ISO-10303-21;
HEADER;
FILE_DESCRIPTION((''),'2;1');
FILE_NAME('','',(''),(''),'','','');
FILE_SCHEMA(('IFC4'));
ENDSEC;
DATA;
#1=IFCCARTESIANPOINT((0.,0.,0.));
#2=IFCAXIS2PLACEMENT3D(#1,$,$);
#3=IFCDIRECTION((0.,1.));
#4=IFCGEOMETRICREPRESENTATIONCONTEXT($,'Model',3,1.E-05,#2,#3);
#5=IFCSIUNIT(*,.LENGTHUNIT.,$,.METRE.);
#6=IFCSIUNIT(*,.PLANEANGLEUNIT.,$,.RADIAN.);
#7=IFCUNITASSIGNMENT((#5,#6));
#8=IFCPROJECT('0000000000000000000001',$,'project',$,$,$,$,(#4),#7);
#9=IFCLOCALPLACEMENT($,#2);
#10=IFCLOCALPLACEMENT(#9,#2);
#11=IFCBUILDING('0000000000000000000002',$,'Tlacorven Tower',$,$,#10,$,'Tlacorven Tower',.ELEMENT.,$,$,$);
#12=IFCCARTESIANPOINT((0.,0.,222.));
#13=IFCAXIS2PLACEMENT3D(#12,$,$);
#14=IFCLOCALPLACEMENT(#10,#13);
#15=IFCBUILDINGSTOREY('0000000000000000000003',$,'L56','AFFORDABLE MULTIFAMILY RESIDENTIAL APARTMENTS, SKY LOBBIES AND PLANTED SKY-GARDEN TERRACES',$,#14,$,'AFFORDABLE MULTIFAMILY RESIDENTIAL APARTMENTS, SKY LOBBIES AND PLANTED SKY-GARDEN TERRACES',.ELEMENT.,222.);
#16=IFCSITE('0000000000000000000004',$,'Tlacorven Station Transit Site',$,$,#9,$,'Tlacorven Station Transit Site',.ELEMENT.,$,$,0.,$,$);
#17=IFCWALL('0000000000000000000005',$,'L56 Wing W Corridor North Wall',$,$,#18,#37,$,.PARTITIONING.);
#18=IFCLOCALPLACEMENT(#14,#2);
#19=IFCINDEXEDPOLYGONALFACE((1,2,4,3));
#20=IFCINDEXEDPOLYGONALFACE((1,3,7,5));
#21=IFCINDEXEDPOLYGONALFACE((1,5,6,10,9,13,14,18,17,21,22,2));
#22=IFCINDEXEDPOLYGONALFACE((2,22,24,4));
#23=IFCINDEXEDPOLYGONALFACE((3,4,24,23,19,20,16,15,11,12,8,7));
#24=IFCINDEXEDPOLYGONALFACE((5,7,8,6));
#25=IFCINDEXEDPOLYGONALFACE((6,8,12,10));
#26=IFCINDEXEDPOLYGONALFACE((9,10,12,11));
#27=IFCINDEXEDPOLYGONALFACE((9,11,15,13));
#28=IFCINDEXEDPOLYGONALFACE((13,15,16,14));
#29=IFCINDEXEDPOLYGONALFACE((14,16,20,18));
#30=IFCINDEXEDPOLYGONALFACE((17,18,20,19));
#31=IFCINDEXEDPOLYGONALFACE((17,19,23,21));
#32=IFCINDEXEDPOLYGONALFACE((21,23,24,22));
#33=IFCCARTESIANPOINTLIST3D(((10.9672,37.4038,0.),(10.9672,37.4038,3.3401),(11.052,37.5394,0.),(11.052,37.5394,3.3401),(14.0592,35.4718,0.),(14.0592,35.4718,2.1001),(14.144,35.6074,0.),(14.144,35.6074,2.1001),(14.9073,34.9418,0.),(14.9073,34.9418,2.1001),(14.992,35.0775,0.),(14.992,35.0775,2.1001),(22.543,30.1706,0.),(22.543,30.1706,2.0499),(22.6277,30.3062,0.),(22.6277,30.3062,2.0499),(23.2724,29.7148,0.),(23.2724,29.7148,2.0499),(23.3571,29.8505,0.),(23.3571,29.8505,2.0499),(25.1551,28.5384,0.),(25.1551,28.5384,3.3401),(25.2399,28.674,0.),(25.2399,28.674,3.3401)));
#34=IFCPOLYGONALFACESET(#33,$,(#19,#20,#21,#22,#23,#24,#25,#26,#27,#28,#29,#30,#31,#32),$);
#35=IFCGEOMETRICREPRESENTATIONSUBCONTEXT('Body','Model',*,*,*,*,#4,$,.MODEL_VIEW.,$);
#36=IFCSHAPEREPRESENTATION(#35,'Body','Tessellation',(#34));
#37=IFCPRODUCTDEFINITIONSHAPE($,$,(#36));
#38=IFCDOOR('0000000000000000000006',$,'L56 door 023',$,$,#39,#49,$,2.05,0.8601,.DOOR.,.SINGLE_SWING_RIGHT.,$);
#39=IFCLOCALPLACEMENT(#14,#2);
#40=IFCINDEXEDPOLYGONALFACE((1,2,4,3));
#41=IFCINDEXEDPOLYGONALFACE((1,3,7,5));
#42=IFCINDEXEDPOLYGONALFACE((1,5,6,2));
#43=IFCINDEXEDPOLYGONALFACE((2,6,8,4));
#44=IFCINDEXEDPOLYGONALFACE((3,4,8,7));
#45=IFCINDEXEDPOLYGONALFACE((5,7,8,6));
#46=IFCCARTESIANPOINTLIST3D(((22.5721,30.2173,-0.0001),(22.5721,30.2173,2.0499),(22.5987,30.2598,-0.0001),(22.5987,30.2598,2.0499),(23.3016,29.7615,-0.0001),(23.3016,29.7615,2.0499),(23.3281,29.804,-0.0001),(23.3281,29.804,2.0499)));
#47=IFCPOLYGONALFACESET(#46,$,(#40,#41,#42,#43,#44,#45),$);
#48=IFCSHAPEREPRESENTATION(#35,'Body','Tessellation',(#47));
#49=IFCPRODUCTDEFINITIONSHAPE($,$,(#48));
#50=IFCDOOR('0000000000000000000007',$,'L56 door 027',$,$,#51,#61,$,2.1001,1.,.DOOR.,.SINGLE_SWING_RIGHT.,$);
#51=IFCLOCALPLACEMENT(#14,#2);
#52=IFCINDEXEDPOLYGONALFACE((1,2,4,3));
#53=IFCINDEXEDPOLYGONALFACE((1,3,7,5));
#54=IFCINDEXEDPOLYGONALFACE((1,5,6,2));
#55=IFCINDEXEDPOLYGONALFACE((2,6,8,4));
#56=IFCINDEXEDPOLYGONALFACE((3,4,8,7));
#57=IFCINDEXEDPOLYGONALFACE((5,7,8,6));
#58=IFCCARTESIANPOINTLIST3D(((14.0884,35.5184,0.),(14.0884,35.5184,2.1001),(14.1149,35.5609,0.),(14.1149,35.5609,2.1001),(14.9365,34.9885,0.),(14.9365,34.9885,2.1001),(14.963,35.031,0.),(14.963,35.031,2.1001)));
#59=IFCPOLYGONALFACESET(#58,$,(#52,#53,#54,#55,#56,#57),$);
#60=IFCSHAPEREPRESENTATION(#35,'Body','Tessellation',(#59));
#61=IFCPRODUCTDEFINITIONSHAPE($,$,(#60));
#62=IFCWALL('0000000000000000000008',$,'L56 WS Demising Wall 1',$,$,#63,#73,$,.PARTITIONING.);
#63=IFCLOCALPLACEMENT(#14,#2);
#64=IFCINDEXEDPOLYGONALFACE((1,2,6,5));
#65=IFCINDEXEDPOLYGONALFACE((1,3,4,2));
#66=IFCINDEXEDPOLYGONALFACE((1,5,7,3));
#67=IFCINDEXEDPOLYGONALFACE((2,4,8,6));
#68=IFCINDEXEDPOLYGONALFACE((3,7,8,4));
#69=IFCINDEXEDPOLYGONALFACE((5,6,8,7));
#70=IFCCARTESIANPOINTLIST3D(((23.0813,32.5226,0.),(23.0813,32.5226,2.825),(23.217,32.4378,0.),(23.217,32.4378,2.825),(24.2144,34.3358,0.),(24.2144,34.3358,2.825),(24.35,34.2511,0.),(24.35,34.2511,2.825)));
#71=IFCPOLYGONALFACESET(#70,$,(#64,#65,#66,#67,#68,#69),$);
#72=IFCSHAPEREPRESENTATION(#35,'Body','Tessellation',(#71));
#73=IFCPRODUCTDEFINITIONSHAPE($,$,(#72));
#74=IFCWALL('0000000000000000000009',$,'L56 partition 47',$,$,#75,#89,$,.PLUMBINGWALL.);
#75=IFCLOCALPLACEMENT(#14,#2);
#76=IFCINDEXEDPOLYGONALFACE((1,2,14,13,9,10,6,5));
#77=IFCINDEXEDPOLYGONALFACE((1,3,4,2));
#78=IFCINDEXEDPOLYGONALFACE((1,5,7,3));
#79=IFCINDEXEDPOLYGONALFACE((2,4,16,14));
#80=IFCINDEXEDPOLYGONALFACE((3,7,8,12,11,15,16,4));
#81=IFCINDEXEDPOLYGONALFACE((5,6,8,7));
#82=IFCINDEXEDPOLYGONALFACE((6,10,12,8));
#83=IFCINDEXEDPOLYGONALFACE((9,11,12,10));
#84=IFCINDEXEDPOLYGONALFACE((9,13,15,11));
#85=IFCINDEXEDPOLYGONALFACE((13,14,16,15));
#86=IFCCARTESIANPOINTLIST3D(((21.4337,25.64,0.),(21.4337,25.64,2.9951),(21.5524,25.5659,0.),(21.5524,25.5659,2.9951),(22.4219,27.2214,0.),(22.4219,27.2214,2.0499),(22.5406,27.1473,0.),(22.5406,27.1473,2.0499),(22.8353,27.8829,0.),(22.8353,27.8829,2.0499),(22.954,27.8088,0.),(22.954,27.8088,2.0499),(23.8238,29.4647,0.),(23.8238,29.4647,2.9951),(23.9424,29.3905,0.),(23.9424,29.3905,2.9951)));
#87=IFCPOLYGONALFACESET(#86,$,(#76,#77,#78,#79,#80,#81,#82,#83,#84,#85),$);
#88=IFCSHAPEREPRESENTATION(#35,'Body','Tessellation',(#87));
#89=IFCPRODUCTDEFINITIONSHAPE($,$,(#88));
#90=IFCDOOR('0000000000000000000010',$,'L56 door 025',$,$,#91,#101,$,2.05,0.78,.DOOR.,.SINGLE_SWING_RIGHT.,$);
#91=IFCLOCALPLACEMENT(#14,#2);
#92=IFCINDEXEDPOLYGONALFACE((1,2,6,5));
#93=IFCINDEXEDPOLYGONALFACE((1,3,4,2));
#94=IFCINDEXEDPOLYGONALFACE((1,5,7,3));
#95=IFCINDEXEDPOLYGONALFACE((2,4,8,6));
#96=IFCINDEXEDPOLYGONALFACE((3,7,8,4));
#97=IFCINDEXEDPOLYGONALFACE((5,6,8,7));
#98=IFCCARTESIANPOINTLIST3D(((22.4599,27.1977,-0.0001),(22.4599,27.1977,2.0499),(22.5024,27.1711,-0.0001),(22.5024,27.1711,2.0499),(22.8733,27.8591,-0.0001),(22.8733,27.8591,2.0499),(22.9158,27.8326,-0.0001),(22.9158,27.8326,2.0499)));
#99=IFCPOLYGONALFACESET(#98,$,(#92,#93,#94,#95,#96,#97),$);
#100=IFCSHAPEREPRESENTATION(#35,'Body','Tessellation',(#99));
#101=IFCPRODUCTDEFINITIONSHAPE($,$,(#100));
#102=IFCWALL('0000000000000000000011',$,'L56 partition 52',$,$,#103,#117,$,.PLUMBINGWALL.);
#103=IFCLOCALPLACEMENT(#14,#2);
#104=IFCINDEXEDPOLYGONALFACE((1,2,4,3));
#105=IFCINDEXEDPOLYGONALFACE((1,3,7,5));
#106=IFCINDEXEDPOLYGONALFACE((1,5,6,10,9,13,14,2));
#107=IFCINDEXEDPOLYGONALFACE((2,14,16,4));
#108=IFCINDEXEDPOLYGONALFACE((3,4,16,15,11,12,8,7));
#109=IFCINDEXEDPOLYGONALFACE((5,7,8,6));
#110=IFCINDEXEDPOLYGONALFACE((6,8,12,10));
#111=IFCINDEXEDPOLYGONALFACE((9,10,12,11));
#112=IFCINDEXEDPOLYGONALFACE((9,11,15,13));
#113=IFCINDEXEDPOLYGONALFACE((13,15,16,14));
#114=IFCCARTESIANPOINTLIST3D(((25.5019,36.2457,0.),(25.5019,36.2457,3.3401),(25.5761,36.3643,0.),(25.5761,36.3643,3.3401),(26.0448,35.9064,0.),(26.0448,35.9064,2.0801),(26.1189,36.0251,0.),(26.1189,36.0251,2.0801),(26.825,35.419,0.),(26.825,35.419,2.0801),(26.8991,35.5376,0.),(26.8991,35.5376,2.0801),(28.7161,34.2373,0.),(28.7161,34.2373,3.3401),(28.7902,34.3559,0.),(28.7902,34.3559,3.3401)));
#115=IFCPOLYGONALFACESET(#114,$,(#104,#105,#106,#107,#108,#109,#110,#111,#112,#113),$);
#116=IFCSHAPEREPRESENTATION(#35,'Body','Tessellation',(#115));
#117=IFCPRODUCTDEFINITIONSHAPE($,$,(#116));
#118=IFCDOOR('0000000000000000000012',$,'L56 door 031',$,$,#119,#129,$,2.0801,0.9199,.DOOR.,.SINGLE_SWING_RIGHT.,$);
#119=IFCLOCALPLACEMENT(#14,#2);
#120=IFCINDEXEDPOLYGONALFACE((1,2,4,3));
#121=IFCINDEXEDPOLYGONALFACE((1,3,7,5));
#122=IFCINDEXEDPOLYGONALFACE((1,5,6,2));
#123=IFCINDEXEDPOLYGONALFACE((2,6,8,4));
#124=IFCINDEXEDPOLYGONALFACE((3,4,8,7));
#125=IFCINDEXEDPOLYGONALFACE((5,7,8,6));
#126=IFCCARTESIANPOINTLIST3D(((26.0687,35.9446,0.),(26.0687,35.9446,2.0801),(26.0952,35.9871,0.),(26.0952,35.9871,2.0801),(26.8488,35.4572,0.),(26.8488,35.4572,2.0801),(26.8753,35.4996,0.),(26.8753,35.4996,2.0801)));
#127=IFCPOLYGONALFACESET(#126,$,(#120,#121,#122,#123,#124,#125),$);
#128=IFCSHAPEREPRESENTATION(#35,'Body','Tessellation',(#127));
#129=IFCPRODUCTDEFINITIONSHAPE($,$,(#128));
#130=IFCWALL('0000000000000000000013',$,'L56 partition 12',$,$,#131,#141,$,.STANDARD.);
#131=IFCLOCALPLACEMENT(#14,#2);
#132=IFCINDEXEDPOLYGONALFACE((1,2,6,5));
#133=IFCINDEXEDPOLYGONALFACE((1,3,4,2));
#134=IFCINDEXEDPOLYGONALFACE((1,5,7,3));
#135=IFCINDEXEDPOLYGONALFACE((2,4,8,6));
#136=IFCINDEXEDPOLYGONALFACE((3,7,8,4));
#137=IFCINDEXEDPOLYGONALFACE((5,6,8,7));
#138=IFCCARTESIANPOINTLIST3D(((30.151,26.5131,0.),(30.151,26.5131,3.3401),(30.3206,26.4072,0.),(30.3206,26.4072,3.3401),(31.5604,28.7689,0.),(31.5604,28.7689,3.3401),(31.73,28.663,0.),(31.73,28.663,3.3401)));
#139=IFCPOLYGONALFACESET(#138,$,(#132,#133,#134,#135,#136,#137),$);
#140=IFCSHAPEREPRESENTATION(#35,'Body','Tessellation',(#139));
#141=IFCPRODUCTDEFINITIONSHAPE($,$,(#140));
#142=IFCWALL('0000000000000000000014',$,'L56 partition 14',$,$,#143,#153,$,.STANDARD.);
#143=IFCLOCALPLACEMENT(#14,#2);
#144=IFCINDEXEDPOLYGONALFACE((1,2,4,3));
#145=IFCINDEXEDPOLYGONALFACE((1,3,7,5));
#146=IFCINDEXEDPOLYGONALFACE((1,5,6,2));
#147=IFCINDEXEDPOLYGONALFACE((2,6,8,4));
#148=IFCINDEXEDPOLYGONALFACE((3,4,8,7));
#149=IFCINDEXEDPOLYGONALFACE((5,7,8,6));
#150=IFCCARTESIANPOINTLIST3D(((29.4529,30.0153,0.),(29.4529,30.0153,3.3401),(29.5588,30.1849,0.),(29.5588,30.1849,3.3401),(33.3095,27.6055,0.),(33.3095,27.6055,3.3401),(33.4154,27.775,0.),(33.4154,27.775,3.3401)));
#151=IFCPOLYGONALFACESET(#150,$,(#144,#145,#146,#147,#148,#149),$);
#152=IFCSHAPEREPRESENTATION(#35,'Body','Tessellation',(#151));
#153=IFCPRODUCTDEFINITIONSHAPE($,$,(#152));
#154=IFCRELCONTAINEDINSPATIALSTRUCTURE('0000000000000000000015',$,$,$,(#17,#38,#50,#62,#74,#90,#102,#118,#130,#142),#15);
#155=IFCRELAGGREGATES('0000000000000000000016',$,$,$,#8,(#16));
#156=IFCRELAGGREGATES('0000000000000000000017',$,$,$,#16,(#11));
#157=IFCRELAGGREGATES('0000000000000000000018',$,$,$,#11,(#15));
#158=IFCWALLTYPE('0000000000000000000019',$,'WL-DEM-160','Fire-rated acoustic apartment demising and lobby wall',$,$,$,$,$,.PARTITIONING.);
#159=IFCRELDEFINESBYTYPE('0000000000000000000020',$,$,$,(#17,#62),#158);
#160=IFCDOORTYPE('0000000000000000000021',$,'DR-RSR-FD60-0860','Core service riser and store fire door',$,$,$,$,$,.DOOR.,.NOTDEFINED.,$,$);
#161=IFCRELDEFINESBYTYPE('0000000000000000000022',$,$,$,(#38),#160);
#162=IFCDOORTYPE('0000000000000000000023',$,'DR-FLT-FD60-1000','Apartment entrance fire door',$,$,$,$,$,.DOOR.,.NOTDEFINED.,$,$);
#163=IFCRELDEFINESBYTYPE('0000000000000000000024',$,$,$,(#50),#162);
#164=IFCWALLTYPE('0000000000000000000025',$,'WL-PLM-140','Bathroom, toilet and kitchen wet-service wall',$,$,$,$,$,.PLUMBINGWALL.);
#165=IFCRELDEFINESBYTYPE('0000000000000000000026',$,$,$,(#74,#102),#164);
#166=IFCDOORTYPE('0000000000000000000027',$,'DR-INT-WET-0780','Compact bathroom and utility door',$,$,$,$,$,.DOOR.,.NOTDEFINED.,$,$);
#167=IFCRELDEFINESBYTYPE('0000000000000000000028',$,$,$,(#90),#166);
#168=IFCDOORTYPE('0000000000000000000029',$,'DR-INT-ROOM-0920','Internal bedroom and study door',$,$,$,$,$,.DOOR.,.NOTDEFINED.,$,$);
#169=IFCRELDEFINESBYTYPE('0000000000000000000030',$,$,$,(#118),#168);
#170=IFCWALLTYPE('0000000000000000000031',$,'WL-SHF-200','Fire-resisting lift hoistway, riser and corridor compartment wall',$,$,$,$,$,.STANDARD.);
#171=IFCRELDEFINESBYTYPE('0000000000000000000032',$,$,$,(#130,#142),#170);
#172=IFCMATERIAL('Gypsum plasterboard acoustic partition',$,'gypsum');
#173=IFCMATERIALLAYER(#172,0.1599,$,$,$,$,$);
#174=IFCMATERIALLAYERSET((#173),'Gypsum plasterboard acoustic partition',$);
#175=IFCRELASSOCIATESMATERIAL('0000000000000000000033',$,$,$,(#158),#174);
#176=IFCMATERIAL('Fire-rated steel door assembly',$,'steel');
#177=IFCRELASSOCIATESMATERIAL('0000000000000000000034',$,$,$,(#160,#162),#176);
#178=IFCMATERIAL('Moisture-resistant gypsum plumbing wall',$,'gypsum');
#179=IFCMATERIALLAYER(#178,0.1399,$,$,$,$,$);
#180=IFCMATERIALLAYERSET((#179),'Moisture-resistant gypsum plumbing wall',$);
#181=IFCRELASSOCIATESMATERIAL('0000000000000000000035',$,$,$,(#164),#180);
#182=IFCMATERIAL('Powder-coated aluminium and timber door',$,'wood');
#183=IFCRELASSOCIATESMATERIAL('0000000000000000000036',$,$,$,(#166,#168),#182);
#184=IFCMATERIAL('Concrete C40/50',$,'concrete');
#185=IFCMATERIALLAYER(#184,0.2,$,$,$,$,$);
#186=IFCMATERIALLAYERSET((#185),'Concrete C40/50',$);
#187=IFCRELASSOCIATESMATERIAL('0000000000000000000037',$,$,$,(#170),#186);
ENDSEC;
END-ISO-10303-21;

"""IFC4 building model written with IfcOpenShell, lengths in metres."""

from ifc_helpers import new_model, si_unit, direction, frame, frame_2d, origin, place, context, subcontext, project, spatial, rectangle, extrude, source, transform, mapped, material, layer, layer_set, type_object, element, fill, save


model = new_model("IFC4")

# Units and contexts
model_context = context("Model", 3, precision=1e-05, world=origin(), true_north=direction((0.0, 1.0)))
body_context = subcontext(model_context, "Body", "Model", "MODEL_VIEW")
ifc_project = project(units=[si_unit("LENGTHUNIT", "METRE"), si_unit("PLANEANGLEUNIT", "RADIAN")], contexts=[model_context])

# Site, building, storey
site_placement = place(None, origin())
site = spatial("IfcSite", under=ifc_project, at=site_placement, Name="Tlacorven Station Transit Site", LongName="Tlacorven Station Transit Site", CompositionType="ELEMENT", RefElevation=0.0)
building_placement = place(site_placement, origin())
building = spatial("IfcBuilding", under=site, at=building_placement, Name="Tlacorven Tower", LongName="Tlacorven Tower", CompositionType="ELEMENT")
storey_placement = place(building_placement, frame((0.0, 0.0, 222.0)))
storey = spatial("IfcBuildingStorey", under=building, at=storey_placement, Name="L56", Description="AFFORDABLE MULTIFAMILY RESIDENTIAL APARTMENTS, SKY LOBBIES AND PLANTED SKY-GARDEN TERRACES", LongName="AFFORDABLE MULTIFAMILY RESIDENTIAL APARTMENTS, SKY LOBBIES AND PLANTED SKY-GARDEN TERRACES", CompositionType="ELEMENT", Elevation=222.0)

# Shared definitions
ifc_material_1 = material(Name="Gypsum plasterboard acoustic partition", Category="gypsum")
ifc_layer_1 = layer(ifc_material_1, 0.1599)
ifc_layer_set_1 = layer_set([ifc_layer_1], Name="Gypsum plasterboard acoustic partition")
wall_type_1 = type_object("IfcWallType", Name="WL-DEM-160", Description="Fire-rated acoustic apartment demising and lobby wall", PredefinedType="PARTITIONING", material=ifc_layer_set_1)

# Wall, openings, doors
ifc_material_2 = material(Name="Fire-rated steel door assembly", Category="steel")
door_type_1 = type_object("IfcDoorType", Name="DR-RSR-FD60-0860", Description="Core service riser and store fire door", OperationType="NOTDEFINED", PredefinedType="DOOR", material=ifc_material_2)
shared_shape_1 = source(origin(), body_context, "Body", "SweptSolid", [
    extrude(rectangle(XDim=0.8601, YDim=2.05, at=frame_2d((0.4302, 1.0249))), frame((0.0, 0.0249, 0.0), z_axis=(0.0, -1.0, 0.0), x_axis=(1.0, 0.0, 0.0)), (0.0, 0.0, 1.0), 0.05),
])
door_type_2 = type_object("IfcDoorType", Name="DR-FLT-FD60-1000", Description="Apartment entrance fire door", OperationType="NOTDEFINED", PredefinedType="DOOR", material=ifc_material_2)
shared_shape_2 = source(origin(), body_context, "Body", "SweptSolid", [
    extrude(rectangle(XDim=1.0, YDim=2.1001, at=frame_2d((0.5, 1.05))), frame((0.0, 0.0249, 0.0), z_axis=(0.0, -1.0, 0.0), x_axis=(1.0, 0.0, 0.0)), (0.0, 0.0, 1.0), 0.05),
])
wall_1_placement = place(storey_placement, frame((25.1975, 28.6062, 0.0), z_axis=(0.0, 0.0, 1.0), x_axis=(-0.848052, 0.529912, 0.0)))
wall_1 = element("IfcWall", 1, at=wall_1_placement, inside=storey, type_object=wall_type_1, Name="L56 Wing W Corridor North Wall", PredefinedType="PARTITIONING", context=body_context, shape_type="SweptSolid", body=[
    extrude(rectangle(XDim=16.73, YDim=0.1599, at=frame_2d((8.365, 0.0))), origin(), (0.0, 0.0, 1.0), 3.3401),
])
opening_1_placement = place(wall_1_placement, frame((2.22, 0.0, 0.0)))
opening_1 = element("IfcOpeningElement", 2, at=opening_1_placement, cuts=wall_1, PredefinedType="OPENING", context=body_context, shape_type="SweptSolid", body=[
    extrude(rectangle(XDim=0.8601, YDim=2.05, at=frame_2d((0.4302, 1.0249))), frame((0.0, 0.0898, 0.0), z_axis=(0.0, -1.0, 0.0), x_axis=(1.0, 0.0, 0.0)), (0.0, 0.0, 1.0), 0.1799),
])
opening_2_placement = place(wall_1_placement, frame((12.084, 0.0, 0.0)))
opening_2 = element("IfcOpeningElement", 3, at=opening_2_placement, cuts=wall_1, PredefinedType="OPENING", context=body_context, shape_type="SweptSolid", body=[
    extrude(rectangle(XDim=1.0, YDim=2.1001, at=frame_2d((0.5, 1.05))), frame((0.0, 0.0898, 0.0), z_axis=(0.0, -1.0, 0.0), x_axis=(1.0, 0.0, 0.0)), (0.0, 0.0, 1.0), 0.1799),
])
door_1_placement = place(opening_1_placement, origin())
door_1 = element("IfcDoor", 4, at=door_1_placement, inside=storey, type_object=door_type_1, Name="L56 door 023", OperationType="SINGLE_SWING_RIGHT", OverallHeight=2.05, OverallWidth=0.8601, PredefinedType="DOOR", context=body_context, shape_type="MappedRepresentation", body=[
    mapped(shared_shape_1, transform((0.0, 0.0, 0.0), scale=1.0)),
])
fill(opening_1, door_1)
door_2_placement = place(opening_2_placement, origin())
door_2 = element("IfcDoor", 5, at=door_2_placement, inside=storey, type_object=door_type_2, Name="L56 door 027", OperationType="SINGLE_SWING_RIGHT", OverallHeight=2.1001, OverallWidth=1.0, PredefinedType="DOOR", context=body_context, shape_type="MappedRepresentation", body=[
    mapped(shared_shape_2, transform((0.0, 0.0, 0.0), scale=1.0)),
])
fill(opening_2, door_2)

# Wall
wall_2_placement = place(storey_placement, frame((24.2822, 34.2935, 0.0), z_axis=(0.0, 0.0, 1.0), x_axis=(-0.529927, -0.848043, 0.0)))
element("IfcWall", 6, at=wall_2_placement, inside=storey, type_object=wall_type_1, Name="L56 WS Demising Wall 1", PredefinedType="PARTITIONING", context=body_context, shape_type="SweptSolid", body=[
    extrude(rectangle(XDim=2.1382, YDim=0.1599, at=frame_2d((1.0691, 0.0))), origin(), (0.0, 0.0, 1.0), 2.825),
])

# Walls, openings, doors
ifc_material_3 = material(Name="Moisture-resistant gypsum plumbing wall", Category="gypsum")
ifc_layer_2 = layer(ifc_material_3, 0.1399)
ifc_layer_set_2 = layer_set([ifc_layer_2], Name="Moisture-resistant gypsum plumbing wall")
wall_type_2 = type_object("IfcWallType", Name="WL-PLM-140", Description="Bathroom, toilet and kitchen wet-service wall", PredefinedType="PLUMBINGWALL", material=ifc_layer_set_2)
wall_3_placement = place(storey_placement, frame((23.8831, 29.4275, 0.0), z_axis=(0.0, 0.0, 1.0), x_axis=(-0.52995, -0.848029, 0.0)))
wall_3 = element("IfcWall", 7, at=wall_3_placement, inside=storey, type_object=wall_type_2, Name="L56 partition 47", PredefinedType="PLUMBINGWALL", context=body_context, shape_type="SweptSolid", body=[
    extrude(rectangle(XDim=4.51, YDim=0.1399, at=frame_2d((2.2549, 0.0))), origin(), (0.0, 0.0, 1.0), 2.9951),
])
opening_3_placement = place(wall_3_placement, frame((1.865, 0.0, 0.0)))
opening_3 = element("IfcOpeningElement", 8, at=opening_3_placement, cuts=wall_3, PredefinedType="OPENING", context=body_context, shape_type="SweptSolid", body=[
    extrude(rectangle(XDim=0.78, YDim=2.05, at=frame_2d((0.3901, 1.0249))), frame((0.0, 0.0801, 0.0), z_axis=(0.0, -1.0, 0.0), x_axis=(1.0, 0.0, 0.0)), (0.0, 0.0, 1.0), 0.1599),
])
ifc_material_4 = material(Name="Powder-coated aluminium and timber door", Category="wood")
door_type_3 = type_object("IfcDoorType", Name="DR-INT-WET-0780", Description="Compact bathroom and utility door", OperationType="NOTDEFINED", PredefinedType="DOOR", material=ifc_material_4)
shared_shape_3 = source(origin(), body_context, "Body", "SweptSolid", [
    extrude(rectangle(XDim=0.78, YDim=2.05, at=frame_2d((0.3901, 1.0249))), frame((0.0, 0.0249, 0.0), z_axis=(0.0, -1.0, 0.0), x_axis=(1.0, 0.0, 0.0)), (0.0, 0.0, 1.0), 0.05),
])
door_3_placement = place(opening_3_placement, origin())
door_3 = element("IfcDoor", 9, at=door_3_placement, inside=storey, type_object=door_type_3, Name="L56 door 025", OperationType="SINGLE_SWING_RIGHT", OverallHeight=2.05, OverallWidth=0.78, PredefinedType="DOOR", context=body_context, shape_type="MappedRepresentation", body=[
    mapped(shared_shape_3, transform((0.0, 0.0, 0.0), scale=1.0)),
])
fill(opening_3, door_3)
wall_4_placement = place(storey_placement, frame((28.7532, 34.2966, 0.0), z_axis=(0.0, 0.0, 1.0), x_axis=(-0.84806, 0.529901, 0.0)))
wall_4 = element("IfcWall", 10, at=wall_4_placement, inside=storey, type_object=wall_type_2, Name="L56 partition 52", PredefinedType="PLUMBINGWALL", context=body_context, shape_type="SweptSolid", body=[
    extrude(rectangle(XDim=3.79, YDim=0.1399, at=frame_2d((1.895, 0.0))), origin(), (0.0, 0.0, 1.0), 3.3401),
])
opening_4_placement = place(wall_4_placement, frame((2.23, 0.0, 0.0)))
opening_4 = element("IfcOpeningElement", 11, at=opening_4_placement, cuts=wall_4, PredefinedType="OPENING", context=body_context, shape_type="SweptSolid", body=[
    extrude(rectangle(XDim=0.9199, YDim=2.0801, at=frame_2d((0.46, 1.04))), frame((0.0, 0.0801, 0.0), z_axis=(0.0, -1.0, 0.0), x_axis=(1.0, 0.0, 0.0)), (0.0, 0.0, 1.0), 0.1599),
])
door_type_4 = type_object("IfcDoorType", Name="DR-INT-ROOM-0920", Description="Internal bedroom and study door", OperationType="NOTDEFINED", PredefinedType="DOOR", material=ifc_material_4)
shared_shape_4 = source(origin(), body_context, "Body", "SweptSolid", [
    extrude(rectangle(XDim=0.9199, YDim=2.0801, at=frame_2d((0.46, 1.04))), frame((0.0, 0.0249, 0.0), z_axis=(0.0, -1.0, 0.0), x_axis=(1.0, 0.0, 0.0)), (0.0, 0.0, 1.0), 0.05),
])
door_4_placement = place(opening_4_placement, origin())
door_4 = element("IfcDoor", 12, at=door_4_placement, inside=storey, type_object=door_type_4, Name="L56 door 031", OperationType="SINGLE_SWING_RIGHT", OverallHeight=2.0801, OverallWidth=0.9199, PredefinedType="DOOR", context=body_context, shape_type="MappedRepresentation", body=[
    mapped(shared_shape_4, transform((0.0, 0.0, 0.0), scale=1.0)),
])
fill(opening_4, door_4)

# Walls
ifc_material_5 = material(Name="Concrete C40/50", Category="concrete")
ifc_layer_3 = layer(ifc_material_5, 0.2)
ifc_layer_set_3 = layer_set([ifc_layer_3], Name="Concrete C40/50")
wall_type_3 = type_object("IfcWallType", Name="WL-SHF-200", Description="Fire-resisting lift hoistway, riser and corridor compartment wall", PredefinedType="STANDARD", material=ifc_layer_set_3)
wall_5_placement = place(storey_placement, frame((31.6453, 28.7161, 0.0), z_axis=(0.0, 0.0, 1.0), x_axis=(-0.529867, -0.848081, 0.0)))
element("IfcWall", 13, at=wall_5_placement, inside=storey, type_object=wall_type_3, Name="L56 partition 12", PredefinedType="STANDARD", context=body_context, shape_type="SweptSolid", body=[
    extrude(rectangle(XDim=2.6599, YDim=0.2, at=frame_2d((1.3301, 0.0))), origin(), (0.0, 0.0, 1.0), 3.3401),
])
wall_6_placement = place(storey_placement, frame((33.3625, 27.6902, 0.0), z_axis=(0.0, 0.0, 1.0), x_axis=(-0.84805, 0.529917, 0.0)))
element("IfcWall", 14, at=wall_6_placement, inside=storey, type_object=wall_type_3, Name="L56 partition 14", PredefinedType="STANDARD", context=body_context, shape_type="SweptSolid", body=[
    extrude(rectangle(XDim=4.5476, YDim=0.2, at=frame_2d((2.2739, 0.0))), origin(), (0.0, 0.0, 1.0), 3.3401),
])

save(model, "model.ifc")
